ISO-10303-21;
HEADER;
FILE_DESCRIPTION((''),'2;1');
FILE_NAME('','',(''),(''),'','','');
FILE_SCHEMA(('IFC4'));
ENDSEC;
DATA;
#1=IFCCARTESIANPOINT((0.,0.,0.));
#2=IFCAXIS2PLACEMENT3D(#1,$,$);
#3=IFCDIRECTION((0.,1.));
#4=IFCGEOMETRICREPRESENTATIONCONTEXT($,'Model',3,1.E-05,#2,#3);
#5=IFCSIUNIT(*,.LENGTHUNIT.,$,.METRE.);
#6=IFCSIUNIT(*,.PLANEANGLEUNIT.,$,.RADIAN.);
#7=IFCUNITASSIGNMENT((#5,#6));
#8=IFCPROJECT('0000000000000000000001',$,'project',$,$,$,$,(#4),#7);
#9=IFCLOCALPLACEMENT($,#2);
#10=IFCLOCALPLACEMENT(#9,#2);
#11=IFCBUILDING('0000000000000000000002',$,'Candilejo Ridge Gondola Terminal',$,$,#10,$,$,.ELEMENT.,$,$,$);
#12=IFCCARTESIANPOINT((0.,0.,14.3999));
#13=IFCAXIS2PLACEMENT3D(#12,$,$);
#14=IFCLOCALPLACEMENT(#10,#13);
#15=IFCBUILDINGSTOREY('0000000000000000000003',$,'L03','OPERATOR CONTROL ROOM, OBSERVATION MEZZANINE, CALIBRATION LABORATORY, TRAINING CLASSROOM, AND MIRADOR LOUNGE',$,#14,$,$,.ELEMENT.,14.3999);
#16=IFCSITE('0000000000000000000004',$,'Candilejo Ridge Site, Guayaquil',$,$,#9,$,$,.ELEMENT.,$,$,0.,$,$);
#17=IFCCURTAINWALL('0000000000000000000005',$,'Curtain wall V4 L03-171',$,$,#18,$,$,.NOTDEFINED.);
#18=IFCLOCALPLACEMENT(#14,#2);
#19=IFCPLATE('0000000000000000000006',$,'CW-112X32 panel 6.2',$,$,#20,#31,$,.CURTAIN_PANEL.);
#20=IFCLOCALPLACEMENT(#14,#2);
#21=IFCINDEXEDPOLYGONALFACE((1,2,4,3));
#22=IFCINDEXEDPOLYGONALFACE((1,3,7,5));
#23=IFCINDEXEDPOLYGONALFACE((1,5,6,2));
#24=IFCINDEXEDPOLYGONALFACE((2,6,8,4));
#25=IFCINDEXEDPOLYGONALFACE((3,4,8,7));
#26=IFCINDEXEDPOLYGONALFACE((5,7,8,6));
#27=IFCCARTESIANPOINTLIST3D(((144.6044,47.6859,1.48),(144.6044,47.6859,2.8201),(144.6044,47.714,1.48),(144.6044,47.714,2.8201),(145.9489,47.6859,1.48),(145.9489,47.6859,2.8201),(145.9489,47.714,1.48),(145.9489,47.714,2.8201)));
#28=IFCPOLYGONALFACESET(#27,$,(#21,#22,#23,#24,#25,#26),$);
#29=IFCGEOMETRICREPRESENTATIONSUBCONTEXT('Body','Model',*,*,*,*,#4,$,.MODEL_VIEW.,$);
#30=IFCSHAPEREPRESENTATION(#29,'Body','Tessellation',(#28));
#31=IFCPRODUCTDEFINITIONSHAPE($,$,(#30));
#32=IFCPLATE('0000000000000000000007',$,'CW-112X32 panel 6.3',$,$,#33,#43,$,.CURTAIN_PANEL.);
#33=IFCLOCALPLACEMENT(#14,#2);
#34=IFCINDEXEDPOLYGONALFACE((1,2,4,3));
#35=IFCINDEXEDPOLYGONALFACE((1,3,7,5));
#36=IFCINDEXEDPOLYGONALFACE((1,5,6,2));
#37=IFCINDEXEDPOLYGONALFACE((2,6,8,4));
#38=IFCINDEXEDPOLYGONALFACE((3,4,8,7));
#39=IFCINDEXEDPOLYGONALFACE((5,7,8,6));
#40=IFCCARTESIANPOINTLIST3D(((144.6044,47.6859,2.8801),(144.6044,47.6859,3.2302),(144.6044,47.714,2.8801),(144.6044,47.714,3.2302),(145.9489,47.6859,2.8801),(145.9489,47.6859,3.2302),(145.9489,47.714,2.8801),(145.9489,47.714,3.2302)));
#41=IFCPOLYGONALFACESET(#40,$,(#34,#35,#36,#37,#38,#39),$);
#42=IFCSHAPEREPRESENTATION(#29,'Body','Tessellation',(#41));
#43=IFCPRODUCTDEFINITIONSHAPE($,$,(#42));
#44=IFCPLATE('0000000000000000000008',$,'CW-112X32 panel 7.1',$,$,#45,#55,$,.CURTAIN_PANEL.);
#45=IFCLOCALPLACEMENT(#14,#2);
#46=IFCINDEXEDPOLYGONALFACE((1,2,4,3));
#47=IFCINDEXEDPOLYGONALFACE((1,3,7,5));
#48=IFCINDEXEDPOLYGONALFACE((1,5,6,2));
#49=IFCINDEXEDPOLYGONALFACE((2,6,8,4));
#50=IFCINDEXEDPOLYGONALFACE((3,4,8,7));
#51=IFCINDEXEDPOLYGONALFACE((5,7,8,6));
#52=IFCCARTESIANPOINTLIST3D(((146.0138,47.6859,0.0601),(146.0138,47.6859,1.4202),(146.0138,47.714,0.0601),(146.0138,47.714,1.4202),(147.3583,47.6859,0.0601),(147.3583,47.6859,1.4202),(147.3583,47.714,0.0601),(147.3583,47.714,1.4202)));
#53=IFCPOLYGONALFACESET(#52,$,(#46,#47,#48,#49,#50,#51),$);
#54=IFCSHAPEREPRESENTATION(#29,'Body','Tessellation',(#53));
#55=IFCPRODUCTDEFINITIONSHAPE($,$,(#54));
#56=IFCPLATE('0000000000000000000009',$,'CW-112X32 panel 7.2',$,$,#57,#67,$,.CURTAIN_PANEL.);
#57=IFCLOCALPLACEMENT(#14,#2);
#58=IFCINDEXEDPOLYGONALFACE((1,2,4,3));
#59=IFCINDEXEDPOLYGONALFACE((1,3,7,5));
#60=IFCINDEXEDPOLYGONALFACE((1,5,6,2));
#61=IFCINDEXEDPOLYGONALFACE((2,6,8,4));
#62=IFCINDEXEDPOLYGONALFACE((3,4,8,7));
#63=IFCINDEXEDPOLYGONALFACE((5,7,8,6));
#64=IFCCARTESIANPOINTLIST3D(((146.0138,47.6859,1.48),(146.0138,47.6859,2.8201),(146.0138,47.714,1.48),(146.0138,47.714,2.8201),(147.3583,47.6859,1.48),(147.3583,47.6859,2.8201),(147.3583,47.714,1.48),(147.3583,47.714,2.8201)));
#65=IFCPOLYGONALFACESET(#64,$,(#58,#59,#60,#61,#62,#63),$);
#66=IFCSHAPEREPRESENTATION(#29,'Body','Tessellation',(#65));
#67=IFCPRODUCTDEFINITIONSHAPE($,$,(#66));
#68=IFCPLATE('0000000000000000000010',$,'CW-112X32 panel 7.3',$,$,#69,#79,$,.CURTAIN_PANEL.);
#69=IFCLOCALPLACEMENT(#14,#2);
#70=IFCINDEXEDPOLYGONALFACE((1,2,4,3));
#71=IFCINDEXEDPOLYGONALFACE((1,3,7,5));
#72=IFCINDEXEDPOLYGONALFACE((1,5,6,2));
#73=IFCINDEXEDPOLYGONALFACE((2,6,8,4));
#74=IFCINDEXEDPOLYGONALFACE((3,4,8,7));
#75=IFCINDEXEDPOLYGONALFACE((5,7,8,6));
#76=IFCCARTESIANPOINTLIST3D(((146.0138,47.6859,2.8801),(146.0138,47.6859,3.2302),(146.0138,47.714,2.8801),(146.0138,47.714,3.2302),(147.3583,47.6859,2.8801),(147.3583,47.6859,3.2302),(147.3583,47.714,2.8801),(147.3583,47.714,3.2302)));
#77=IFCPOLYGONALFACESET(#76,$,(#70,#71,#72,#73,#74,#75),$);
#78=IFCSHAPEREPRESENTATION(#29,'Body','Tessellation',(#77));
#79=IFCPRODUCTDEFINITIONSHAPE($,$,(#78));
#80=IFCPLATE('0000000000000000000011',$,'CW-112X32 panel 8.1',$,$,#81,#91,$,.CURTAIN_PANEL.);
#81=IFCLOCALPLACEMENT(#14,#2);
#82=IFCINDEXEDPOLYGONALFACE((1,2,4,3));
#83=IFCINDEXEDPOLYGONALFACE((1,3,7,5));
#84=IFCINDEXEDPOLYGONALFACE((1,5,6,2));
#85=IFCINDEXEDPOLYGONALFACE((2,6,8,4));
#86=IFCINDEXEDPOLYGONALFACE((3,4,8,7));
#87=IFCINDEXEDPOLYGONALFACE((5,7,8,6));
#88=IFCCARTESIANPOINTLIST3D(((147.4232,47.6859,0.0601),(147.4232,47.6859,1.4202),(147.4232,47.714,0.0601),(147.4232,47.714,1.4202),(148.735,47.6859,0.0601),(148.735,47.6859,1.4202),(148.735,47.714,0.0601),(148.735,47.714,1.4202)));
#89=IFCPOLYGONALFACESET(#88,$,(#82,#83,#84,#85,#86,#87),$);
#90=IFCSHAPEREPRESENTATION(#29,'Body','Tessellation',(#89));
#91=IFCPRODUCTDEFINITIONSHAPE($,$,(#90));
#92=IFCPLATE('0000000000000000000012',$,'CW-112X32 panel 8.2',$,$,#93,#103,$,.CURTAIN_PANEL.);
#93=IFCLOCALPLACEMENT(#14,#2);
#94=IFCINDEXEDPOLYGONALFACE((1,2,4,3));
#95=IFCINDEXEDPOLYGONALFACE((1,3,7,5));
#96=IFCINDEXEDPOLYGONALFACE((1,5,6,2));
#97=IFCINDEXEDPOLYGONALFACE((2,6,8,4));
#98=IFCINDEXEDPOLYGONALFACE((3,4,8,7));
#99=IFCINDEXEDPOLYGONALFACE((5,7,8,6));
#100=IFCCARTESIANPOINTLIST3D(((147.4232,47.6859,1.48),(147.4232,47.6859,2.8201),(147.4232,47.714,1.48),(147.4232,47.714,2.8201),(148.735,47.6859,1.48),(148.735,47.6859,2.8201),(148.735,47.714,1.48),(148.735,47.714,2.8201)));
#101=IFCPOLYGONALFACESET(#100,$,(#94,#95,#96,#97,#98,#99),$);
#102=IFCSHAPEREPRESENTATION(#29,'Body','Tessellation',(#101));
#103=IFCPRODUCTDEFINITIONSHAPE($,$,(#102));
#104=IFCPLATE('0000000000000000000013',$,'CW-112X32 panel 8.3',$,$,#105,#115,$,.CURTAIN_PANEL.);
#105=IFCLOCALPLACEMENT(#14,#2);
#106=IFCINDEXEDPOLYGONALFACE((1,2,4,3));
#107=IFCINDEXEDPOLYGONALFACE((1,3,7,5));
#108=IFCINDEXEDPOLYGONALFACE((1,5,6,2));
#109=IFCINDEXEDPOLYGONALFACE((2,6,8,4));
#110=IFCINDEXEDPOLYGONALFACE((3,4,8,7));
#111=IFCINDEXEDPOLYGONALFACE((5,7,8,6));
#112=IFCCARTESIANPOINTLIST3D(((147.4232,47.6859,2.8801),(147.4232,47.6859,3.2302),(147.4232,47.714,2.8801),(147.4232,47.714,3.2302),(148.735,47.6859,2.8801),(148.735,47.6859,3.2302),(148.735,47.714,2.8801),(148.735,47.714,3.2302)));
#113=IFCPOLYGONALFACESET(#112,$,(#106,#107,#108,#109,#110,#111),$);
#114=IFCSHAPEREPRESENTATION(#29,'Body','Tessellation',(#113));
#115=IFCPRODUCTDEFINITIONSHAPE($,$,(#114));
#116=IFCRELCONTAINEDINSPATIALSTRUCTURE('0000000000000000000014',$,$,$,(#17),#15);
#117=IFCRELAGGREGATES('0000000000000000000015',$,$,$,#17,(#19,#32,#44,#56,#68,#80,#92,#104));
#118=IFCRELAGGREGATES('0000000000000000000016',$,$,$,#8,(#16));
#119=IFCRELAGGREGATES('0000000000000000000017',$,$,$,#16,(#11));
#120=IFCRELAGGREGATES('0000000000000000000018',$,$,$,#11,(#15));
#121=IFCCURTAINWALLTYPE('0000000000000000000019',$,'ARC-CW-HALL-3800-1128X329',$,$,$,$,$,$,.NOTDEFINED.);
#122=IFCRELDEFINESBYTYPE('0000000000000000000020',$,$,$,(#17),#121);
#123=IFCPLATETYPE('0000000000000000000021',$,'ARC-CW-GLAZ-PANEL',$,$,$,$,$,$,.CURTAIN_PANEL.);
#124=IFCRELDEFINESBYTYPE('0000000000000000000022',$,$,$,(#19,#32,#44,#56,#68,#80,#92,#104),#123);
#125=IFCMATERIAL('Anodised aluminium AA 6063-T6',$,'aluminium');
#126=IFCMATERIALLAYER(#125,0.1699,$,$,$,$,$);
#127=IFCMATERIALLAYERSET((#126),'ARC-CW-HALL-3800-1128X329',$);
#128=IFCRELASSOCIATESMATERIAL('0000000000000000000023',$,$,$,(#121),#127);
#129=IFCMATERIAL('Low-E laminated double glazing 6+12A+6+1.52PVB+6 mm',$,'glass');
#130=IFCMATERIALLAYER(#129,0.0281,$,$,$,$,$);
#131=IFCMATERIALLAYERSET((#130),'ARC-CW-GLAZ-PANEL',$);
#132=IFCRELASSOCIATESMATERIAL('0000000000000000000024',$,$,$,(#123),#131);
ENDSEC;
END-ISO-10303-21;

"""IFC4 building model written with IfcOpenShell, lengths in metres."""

from ifc_helpers import new_model, si_unit, direction, frame, origin, origin_2d, place, context, subcontext, project, spatial, rectangle, extrude, material, layer, layer_set, type_object, element, aggregate, save


model = new_model("IFC4")

# Units and contexts
model_context = context("Model", 3, precision=1e-05, world=origin(), true_north=direction((0.0, 1.0)))
body_context = subcontext(model_context, "Body", "Model", "MODEL_VIEW")
ifc_project = project(units=[si_unit("LENGTHUNIT", "METRE"), si_unit("PLANEANGLEUNIT", "RADIAN")], contexts=[model_context])

# Site, building, storey
site_placement = place(None, origin())
site = spatial("IfcSite", under=ifc_project, at=site_placement, Name="Candilejo Ridge Site, Guayaquil", CompositionType="ELEMENT", RefElevation=0.0)
building_placement = place(site_placement, origin())
building = spatial("IfcBuilding", under=site, at=building_placement, Name="Candilejo Ridge Gondola Terminal", CompositionType="ELEMENT")
storey_placement = place(building_placement, frame((0.0, 0.0, 14.3999)))
storey = spatial("IfcBuildingStorey", under=building, at=storey_placement, Name="L03", Description="OPERATOR CONTROL ROOM, OBSERVATION MEZZANINE, CALIBRATION LABORATORY, TRAINING CLASSROOM, AND MIRADOR LOUNGE", CompositionType="ELEMENT", Elevation=14.3999)

# Curtain wall
ifc_material_1 = material(Name="Anodised aluminium AA 6063-T6", Category="aluminium")
ifc_layer_1 = layer(ifc_material_1, 0.1699)
ifc_layer_set_1 = layer_set([ifc_layer_1], Name="ARC-CW-HALL-3800-1128X329")
curtain_wall_type_1 = type_object("IfcCurtainWallType", Name="ARC-CW-HALL-3800-1128X329", PredefinedType="NOTDEFINED", material=ifc_layer_set_1)
curtain_wall_1_placement = place(storey_placement, origin())
curtain_wall_1 = element("IfcCurtainWall", 1, at=curtain_wall_1_placement, inside=storey, type_object=curtain_wall_type_1, Name="Curtain wall V4 L03-171", PredefinedType="NOTDEFINED")

# Plates
ifc_material_2 = material(Name="Low-E laminated double glazing 6+12A+6+1.52PVB+6 mm", Category="glass")
ifc_layer_2 = layer(ifc_material_2, 0.0281)
ifc_layer_set_2 = layer_set([ifc_layer_2], Name="ARC-CW-GLAZ-PANEL")
plate_type = type_object("IfcPlateType", Name="ARC-CW-GLAZ-PANEL", PredefinedType="CURTAIN_PANEL", material=ifc_layer_set_2)
plate_1_placement = place(storey_placement, frame((145.2766, 47.7, 1.48), z_axis=(0.0, 0.0, 1.0), x_axis=(1.0, 0.0, 0.0)))
plate_1 = element("IfcPlate", 2, at=plate_1_placement, type_object=plate_type, Name="CW-112X32 panel 6.2", PredefinedType="CURTAIN_PANEL", context=body_context, shape_type="SweptSolid", body=[
    extrude(rectangle(XDim=1.3445, YDim=0.0281, at=origin_2d()), origin(), (0.0, 0.0, 1.0), 1.3401),
])
plate_2_placement = place(storey_placement, frame((145.2766, 47.7, 2.8801), z_axis=(0.0, 0.0, 1.0), x_axis=(1.0, 0.0, 0.0)))
plate_2 = element("IfcPlate", 3, at=plate_2_placement, type_object=plate_type, Name="CW-112X32 panel 6.3", PredefinedType="CURTAIN_PANEL", context=body_context, shape_type="SweptSolid", body=[
    extrude(rectangle(XDim=1.3445, YDim=0.0281, at=origin_2d()), origin(), (0.0, 0.0, 1.0), 0.3501),
])
plate_3_placement = place(storey_placement, frame((146.686, 47.7, 0.0601), z_axis=(0.0, 0.0, 1.0), x_axis=(1.0, 0.0, 0.0)))
plate_3 = element("IfcPlate", 4, at=plate_3_placement, type_object=plate_type, Name="CW-112X32 panel 7.1", PredefinedType="CURTAIN_PANEL", context=body_context, shape_type="SweptSolid", body=[
    extrude(rectangle(XDim=1.3445, YDim=0.0281, at=origin_2d()), origin(), (0.0, 0.0, 1.0), 1.3601),
])
plate_4_placement = place(storey_placement, frame((146.686, 47.7, 1.48), z_axis=(0.0, 0.0, 1.0), x_axis=(1.0, 0.0, 0.0)))
plate_4 = element("IfcPlate", 5, at=plate_4_placement, type_object=plate_type, Name="CW-112X32 panel 7.2", PredefinedType="CURTAIN_PANEL", context=body_context, shape_type="SweptSolid", body=[
    extrude(rectangle(XDim=1.3445, YDim=0.0281, at=origin_2d()), origin(), (0.0, 0.0, 1.0), 1.3401),
])
plate_5_placement = place(storey_placement, frame((146.686, 47.7, 2.8801), z_axis=(0.0, 0.0, 1.0), x_axis=(1.0, 0.0, 0.0)))
plate_5 = element("IfcPlate", 6, at=plate_5_placement, type_object=plate_type, Name="CW-112X32 panel 7.3", PredefinedType="CURTAIN_PANEL", context=body_context, shape_type="SweptSolid", body=[
    extrude(rectangle(XDim=1.3445, YDim=0.0281, at=origin_2d()), origin(), (0.0, 0.0, 1.0), 0.3501),
])
plate_6_placement = place(storey_placement, frame((148.0791, 47.7, 0.0601), z_axis=(0.0, 0.0, 1.0), x_axis=(1.0, 0.0, 0.0)))
plate_6 = element("IfcPlate", 7, at=plate_6_placement, type_object=plate_type, Name="CW-112X32 panel 8.1", PredefinedType="CURTAIN_PANEL", context=body_context, shape_type="SweptSolid", body=[
    extrude(rectangle(XDim=1.3118, YDim=0.0281, at=origin_2d()), origin(), (0.0, 0.0, 1.0), 1.3601),
])
plate_7_placement = place(storey_placement, frame((148.0791, 47.7, 1.48), z_axis=(0.0, 0.0, 1.0), x_axis=(1.0, 0.0, 0.0)))
plate_7 = element("IfcPlate", 8, at=plate_7_placement, type_object=plate_type, Name="CW-112X32 panel 8.2", PredefinedType="CURTAIN_PANEL", context=body_context, shape_type="SweptSolid", body=[
    extrude(rectangle(XDim=1.3118, YDim=0.0281, at=origin_2d()), origin(), (0.0, 0.0, 1.0), 1.3401),
])
plate_8_placement = place(storey_placement, frame((148.0791, 47.7, 2.8801), z_axis=(0.0, 0.0, 1.0), x_axis=(1.0, 0.0, 0.0)))
plate_8 = element("IfcPlate", 9, at=plate_8_placement, type_object=plate_type, Name="CW-112X32 panel 8.3", PredefinedType="CURTAIN_PANEL", context=body_context, shape_type="SweptSolid", body=[
    extrude(rectangle(XDim=1.3118, YDim=0.0281, at=origin_2d()), origin(), (0.0, 0.0, 1.0), 0.3501),
])
aggregate(curtain_wall_1, [plate_1, plate_2, plate_3, plate_4, plate_5, plate_6, plate_7, plate_8])

save(model, "model.ifc")
